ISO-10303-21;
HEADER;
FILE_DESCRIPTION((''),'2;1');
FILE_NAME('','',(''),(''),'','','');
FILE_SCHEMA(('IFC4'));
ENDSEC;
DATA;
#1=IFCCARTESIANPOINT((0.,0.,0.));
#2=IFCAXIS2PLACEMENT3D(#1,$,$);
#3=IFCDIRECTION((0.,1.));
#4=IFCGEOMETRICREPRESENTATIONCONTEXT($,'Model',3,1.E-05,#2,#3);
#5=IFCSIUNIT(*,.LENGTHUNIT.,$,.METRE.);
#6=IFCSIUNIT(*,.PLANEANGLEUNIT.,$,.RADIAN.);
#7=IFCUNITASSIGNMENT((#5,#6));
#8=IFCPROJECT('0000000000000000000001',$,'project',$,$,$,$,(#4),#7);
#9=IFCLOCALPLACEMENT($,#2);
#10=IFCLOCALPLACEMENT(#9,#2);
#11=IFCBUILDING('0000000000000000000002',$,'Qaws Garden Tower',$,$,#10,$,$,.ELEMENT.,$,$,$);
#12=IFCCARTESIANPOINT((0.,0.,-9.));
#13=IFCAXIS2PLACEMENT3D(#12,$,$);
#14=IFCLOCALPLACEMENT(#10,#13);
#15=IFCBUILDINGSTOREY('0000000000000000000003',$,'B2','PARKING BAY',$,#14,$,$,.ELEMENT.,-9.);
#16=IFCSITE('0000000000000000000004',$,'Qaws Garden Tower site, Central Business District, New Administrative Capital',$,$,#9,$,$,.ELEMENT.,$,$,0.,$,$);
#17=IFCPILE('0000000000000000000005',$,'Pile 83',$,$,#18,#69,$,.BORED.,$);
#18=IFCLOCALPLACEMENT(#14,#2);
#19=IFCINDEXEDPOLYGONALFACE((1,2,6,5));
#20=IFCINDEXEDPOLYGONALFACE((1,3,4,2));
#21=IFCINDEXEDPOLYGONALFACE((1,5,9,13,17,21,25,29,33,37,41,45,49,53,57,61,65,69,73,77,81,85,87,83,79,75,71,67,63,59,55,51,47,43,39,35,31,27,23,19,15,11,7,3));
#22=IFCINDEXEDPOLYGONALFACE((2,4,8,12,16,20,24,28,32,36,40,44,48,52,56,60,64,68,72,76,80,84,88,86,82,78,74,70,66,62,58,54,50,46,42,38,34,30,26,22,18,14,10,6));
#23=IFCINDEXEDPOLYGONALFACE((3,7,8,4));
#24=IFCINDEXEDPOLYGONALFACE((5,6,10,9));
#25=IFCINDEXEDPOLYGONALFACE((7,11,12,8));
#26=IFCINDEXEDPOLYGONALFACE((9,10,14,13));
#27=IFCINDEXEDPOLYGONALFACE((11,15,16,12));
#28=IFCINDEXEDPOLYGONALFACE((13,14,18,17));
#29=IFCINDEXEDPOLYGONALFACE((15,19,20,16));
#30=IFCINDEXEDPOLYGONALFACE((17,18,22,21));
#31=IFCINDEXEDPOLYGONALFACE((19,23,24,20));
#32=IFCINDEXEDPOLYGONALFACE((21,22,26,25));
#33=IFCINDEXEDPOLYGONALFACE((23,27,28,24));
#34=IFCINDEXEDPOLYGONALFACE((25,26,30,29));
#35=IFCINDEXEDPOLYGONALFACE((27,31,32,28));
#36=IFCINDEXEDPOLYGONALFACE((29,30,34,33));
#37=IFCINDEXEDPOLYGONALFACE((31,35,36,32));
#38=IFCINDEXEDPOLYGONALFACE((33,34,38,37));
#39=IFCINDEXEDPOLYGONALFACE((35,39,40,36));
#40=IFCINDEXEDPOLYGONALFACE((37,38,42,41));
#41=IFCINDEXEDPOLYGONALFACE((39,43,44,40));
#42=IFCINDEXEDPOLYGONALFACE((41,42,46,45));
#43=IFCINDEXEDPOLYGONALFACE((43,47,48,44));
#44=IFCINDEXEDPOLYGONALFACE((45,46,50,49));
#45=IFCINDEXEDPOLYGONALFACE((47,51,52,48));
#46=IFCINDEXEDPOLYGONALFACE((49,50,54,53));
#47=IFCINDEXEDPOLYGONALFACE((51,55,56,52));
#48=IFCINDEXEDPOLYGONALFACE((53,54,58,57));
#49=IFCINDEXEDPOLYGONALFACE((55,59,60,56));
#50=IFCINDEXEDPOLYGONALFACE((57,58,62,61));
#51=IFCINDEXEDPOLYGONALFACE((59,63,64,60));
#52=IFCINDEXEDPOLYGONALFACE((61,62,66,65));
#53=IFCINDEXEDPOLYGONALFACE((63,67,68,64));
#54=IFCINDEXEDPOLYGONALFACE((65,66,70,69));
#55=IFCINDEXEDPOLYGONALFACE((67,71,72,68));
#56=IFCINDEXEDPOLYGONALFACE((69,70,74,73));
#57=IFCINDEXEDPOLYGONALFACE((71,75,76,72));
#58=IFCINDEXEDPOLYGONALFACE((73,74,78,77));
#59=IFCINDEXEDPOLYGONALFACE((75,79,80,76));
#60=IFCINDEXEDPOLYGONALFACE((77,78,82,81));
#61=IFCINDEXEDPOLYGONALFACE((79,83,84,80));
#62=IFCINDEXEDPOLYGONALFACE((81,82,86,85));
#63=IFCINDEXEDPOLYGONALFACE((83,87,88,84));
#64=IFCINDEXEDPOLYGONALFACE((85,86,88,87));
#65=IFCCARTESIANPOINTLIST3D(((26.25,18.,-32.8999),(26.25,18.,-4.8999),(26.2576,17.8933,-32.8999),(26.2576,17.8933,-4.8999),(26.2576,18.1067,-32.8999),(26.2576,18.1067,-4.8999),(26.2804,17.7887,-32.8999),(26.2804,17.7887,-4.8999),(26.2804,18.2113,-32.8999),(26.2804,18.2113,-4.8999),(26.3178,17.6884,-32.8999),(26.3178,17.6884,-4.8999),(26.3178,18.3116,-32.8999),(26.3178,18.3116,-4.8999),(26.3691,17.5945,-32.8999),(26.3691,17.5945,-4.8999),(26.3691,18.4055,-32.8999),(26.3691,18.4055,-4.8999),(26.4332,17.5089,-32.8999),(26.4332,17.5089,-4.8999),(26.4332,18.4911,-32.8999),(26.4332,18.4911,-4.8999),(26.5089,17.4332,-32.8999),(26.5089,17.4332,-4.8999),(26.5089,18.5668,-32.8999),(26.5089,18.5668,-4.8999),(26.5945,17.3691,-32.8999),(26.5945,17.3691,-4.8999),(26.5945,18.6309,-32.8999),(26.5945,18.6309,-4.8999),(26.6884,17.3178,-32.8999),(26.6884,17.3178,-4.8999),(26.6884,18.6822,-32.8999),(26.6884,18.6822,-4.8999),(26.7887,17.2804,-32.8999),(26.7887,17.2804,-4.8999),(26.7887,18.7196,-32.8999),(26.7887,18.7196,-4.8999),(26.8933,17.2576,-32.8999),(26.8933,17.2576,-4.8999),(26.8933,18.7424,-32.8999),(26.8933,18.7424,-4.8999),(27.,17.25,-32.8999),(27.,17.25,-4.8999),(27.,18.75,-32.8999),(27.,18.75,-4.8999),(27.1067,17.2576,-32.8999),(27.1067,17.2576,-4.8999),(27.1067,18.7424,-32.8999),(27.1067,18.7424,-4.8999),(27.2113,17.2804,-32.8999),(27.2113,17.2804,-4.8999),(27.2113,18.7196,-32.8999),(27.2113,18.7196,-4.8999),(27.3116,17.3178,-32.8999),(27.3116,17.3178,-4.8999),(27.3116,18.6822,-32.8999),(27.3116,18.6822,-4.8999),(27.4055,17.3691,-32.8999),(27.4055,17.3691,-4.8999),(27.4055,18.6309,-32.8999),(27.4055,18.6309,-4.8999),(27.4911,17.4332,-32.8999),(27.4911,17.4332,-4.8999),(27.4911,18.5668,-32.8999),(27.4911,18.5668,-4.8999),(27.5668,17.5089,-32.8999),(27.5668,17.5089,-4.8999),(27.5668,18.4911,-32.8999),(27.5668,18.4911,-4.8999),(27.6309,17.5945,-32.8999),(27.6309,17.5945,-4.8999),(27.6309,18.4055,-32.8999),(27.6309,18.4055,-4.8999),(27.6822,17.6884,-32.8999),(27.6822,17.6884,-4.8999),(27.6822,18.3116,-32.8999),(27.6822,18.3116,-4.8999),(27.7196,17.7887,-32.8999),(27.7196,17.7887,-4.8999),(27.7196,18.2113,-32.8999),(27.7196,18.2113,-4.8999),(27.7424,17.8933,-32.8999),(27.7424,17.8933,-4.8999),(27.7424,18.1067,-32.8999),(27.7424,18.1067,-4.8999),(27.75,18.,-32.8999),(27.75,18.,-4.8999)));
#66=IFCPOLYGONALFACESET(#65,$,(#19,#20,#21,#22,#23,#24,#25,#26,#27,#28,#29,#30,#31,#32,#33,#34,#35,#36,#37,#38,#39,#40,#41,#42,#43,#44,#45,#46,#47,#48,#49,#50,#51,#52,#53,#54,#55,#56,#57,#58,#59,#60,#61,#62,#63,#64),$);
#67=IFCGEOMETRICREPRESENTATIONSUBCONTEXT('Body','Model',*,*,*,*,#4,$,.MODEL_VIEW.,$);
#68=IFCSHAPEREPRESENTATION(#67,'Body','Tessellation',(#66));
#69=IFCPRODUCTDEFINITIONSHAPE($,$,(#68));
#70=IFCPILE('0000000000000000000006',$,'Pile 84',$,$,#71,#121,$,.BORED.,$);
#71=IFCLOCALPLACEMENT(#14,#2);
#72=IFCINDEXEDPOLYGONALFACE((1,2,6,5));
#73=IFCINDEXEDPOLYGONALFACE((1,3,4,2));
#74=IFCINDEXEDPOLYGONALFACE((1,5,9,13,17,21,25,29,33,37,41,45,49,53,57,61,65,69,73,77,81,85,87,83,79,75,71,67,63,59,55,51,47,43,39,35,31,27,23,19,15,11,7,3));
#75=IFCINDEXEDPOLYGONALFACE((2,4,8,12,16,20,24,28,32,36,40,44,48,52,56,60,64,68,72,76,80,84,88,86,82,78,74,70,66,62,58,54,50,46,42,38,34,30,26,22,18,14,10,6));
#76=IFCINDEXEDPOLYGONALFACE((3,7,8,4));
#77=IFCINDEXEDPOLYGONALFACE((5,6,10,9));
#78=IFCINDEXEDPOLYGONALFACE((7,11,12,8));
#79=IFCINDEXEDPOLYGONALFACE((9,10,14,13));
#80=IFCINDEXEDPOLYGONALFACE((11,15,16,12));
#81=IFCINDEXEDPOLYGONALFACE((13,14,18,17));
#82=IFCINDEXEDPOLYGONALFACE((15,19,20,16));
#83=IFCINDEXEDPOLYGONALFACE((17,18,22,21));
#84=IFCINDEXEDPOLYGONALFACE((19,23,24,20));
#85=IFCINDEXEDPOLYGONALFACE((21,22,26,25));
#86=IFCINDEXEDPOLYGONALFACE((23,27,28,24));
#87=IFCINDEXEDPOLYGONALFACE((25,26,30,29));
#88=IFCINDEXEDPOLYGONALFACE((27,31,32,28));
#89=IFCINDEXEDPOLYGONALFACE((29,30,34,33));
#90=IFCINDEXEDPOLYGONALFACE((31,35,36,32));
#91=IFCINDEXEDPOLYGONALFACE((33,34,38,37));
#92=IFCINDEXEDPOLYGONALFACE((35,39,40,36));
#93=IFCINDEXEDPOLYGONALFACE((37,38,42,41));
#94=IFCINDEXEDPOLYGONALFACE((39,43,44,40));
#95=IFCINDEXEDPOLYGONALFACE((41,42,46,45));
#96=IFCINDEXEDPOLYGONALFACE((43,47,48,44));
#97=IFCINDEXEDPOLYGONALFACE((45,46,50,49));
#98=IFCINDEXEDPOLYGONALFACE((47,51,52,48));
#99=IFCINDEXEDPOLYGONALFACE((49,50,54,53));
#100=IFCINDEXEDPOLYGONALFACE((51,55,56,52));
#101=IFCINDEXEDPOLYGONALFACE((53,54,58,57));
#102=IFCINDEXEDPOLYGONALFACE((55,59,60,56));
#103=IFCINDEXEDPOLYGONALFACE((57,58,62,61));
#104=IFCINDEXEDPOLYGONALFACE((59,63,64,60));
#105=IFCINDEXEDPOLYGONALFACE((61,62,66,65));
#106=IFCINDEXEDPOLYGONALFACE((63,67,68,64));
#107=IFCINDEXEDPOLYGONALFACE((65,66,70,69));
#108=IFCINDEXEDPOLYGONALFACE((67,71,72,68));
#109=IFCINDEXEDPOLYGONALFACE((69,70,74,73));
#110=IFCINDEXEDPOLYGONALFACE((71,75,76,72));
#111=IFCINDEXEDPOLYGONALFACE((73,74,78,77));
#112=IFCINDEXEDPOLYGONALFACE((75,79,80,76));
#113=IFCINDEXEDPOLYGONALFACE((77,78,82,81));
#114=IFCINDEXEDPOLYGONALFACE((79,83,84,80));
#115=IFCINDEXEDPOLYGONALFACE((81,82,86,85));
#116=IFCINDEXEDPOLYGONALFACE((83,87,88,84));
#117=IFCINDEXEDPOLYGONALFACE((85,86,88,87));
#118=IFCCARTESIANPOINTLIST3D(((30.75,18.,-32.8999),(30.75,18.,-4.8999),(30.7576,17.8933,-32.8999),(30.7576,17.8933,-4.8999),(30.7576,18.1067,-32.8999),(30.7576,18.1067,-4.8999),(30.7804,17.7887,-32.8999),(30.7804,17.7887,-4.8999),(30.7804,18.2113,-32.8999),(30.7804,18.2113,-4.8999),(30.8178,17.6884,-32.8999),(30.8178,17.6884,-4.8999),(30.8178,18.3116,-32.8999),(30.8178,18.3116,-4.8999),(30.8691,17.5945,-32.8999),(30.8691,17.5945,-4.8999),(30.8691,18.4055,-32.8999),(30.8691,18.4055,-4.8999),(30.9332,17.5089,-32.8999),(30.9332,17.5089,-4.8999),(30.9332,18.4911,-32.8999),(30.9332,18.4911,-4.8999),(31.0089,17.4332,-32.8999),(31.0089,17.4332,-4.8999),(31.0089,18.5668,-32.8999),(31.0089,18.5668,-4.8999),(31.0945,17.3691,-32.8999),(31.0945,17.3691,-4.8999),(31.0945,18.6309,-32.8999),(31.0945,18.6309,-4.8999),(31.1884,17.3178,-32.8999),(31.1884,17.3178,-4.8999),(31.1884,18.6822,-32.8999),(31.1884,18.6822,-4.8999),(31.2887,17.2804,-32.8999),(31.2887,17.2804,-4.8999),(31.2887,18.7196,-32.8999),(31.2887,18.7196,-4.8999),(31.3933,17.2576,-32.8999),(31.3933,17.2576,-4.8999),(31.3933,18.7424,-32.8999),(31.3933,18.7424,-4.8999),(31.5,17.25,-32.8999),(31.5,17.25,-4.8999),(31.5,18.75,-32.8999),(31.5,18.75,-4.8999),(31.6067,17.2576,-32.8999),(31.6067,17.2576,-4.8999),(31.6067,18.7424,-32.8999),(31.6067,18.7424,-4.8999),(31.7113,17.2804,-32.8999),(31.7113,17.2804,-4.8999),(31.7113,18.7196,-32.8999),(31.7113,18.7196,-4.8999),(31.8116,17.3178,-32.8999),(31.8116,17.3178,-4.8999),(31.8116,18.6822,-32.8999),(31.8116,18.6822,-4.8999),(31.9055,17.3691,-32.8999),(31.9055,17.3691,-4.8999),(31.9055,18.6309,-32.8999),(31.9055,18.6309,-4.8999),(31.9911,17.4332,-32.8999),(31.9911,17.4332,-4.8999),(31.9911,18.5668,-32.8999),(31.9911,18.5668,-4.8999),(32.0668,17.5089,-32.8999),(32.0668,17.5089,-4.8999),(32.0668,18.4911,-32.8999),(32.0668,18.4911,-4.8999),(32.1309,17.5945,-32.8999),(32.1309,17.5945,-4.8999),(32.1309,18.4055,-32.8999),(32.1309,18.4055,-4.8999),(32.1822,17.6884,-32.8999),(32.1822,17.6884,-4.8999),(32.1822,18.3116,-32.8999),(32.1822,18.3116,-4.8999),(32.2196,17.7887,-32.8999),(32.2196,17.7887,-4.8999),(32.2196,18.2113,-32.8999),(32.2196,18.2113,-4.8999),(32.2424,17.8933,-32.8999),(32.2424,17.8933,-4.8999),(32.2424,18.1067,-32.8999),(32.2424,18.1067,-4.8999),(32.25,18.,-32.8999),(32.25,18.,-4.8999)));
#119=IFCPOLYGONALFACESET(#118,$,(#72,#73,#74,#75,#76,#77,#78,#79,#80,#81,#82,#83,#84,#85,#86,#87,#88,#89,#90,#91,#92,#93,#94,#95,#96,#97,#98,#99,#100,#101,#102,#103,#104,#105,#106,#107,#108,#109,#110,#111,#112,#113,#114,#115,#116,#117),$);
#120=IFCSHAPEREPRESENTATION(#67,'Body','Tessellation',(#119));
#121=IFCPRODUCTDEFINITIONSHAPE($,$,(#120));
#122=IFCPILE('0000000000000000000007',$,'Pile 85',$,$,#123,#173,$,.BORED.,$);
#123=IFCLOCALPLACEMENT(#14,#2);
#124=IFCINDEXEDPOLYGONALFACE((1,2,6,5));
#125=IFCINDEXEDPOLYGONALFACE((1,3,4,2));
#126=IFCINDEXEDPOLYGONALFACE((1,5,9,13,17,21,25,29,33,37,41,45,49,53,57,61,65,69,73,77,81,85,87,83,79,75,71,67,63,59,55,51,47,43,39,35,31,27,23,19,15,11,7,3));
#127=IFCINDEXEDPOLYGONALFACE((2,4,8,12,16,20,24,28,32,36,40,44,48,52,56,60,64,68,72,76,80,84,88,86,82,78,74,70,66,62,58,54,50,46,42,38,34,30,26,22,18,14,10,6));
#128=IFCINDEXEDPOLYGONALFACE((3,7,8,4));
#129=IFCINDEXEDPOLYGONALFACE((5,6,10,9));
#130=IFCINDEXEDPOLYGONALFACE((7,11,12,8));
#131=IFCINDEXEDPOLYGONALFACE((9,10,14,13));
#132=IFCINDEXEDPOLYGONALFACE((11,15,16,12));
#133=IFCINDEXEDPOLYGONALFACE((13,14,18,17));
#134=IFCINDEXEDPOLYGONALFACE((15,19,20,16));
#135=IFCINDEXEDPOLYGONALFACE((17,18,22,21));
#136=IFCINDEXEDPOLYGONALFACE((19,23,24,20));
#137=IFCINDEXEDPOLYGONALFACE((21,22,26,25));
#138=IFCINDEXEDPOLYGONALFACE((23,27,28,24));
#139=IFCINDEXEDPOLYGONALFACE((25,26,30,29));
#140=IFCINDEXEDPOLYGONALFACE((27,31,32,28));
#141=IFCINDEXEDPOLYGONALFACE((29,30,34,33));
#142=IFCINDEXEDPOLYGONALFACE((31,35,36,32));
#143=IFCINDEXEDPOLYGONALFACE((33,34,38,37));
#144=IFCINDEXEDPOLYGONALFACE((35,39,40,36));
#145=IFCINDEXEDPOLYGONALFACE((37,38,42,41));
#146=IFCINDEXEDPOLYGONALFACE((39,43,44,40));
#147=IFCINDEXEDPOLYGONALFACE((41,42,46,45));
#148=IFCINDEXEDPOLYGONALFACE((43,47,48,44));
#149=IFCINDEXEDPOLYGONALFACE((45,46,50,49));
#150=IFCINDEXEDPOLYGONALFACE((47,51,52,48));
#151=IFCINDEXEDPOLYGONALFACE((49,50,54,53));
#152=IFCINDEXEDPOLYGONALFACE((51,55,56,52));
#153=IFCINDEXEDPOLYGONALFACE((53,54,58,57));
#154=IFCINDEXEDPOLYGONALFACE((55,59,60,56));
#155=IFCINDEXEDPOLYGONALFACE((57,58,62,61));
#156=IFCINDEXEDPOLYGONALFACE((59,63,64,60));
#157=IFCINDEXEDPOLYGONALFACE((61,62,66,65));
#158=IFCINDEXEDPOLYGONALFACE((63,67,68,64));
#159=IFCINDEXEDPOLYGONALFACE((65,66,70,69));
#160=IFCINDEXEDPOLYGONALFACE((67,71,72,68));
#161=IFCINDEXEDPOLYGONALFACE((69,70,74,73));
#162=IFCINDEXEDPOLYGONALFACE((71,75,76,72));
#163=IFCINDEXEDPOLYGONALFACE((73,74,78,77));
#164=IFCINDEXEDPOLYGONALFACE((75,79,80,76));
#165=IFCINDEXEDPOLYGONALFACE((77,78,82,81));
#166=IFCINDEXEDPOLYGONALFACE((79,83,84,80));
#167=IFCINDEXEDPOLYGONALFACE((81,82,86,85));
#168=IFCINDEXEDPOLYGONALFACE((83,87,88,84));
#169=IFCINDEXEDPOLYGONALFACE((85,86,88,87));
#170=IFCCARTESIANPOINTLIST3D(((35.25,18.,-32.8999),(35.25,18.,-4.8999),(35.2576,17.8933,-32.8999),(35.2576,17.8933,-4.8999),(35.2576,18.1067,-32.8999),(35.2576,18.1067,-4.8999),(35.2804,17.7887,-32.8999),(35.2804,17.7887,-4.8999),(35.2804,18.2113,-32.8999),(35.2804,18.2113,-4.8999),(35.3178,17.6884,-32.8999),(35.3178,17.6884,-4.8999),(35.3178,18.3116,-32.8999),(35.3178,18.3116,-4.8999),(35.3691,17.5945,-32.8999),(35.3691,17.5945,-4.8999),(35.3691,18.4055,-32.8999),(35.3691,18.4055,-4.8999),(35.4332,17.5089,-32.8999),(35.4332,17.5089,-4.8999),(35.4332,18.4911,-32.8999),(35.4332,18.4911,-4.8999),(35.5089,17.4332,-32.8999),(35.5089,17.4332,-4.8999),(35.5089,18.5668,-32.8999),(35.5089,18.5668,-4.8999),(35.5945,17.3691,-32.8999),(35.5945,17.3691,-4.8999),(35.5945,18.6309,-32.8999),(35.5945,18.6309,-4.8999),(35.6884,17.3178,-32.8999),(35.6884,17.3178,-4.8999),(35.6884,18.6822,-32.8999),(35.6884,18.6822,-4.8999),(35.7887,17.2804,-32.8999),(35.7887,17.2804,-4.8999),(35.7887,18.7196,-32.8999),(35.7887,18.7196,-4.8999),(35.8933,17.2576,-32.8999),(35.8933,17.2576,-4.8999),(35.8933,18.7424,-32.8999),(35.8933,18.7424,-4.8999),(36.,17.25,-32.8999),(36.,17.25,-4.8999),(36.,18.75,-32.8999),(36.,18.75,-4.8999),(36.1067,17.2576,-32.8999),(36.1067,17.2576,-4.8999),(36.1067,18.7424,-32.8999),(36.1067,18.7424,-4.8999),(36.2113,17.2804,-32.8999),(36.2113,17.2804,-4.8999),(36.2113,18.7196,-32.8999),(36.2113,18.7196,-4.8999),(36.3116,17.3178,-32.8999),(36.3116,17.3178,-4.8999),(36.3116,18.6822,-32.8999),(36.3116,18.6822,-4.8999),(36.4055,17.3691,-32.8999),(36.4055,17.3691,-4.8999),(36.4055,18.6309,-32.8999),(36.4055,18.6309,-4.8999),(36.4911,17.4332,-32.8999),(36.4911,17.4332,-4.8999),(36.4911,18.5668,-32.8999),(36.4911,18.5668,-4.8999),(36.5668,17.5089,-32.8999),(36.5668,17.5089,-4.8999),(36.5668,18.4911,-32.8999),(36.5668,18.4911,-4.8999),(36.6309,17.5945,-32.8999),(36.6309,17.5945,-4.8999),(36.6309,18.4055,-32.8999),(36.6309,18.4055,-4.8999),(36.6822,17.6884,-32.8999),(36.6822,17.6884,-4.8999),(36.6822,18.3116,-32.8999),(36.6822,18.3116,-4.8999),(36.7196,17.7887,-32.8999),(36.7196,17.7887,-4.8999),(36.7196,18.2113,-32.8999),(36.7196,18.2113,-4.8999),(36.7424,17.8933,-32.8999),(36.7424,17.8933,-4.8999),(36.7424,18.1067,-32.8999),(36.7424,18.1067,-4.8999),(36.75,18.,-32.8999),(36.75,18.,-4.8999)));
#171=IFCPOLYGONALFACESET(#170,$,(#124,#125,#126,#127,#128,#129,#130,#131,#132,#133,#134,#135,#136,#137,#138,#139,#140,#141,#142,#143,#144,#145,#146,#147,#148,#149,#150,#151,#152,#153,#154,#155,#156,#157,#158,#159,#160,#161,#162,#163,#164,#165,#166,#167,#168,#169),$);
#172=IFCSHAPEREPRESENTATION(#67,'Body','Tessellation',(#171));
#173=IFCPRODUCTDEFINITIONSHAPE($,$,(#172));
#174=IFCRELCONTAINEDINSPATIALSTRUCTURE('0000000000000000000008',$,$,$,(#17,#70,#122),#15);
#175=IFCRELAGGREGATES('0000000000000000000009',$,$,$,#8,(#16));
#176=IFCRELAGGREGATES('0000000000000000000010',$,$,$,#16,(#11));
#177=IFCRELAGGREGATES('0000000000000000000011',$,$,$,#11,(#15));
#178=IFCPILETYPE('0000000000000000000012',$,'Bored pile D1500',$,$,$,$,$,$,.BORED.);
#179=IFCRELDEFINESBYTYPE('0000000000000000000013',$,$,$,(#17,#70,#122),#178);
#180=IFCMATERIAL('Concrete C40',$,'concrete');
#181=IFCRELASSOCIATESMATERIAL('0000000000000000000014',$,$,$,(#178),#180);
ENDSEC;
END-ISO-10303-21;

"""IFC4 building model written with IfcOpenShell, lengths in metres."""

from ifc_helpers import new_model, si_unit, direction, frame, origin, origin_2d, place, context, subcontext, project, spatial, circle, extrude, material, material_profile, profile_set, type_object, element, save


model = new_model("IFC4")

# Units and contexts
model_context = context("Model", 3, precision=1e-05, world=origin(), true_north=direction((0.0, 1.0)))
body_context = subcontext(model_context, "Body", "Model", "MODEL_VIEW")
ifc_project = project(units=[si_unit("LENGTHUNIT", "METRE"), si_unit("PLANEANGLEUNIT", "RADIAN")], contexts=[model_context])

# Site, building, storey
site_placement = place(None, origin())
site = spatial("IfcSite", under=ifc_project, at=site_placement, Name="Qaws Garden Tower site, Central Business District, New Administrative Capital", CompositionType="ELEMENT", RefElevation=0.0)
building_placement = place(site_placement, origin())
building = spatial("IfcBuilding", under=site, at=building_placement, Name="Qaws Garden Tower", CompositionType="ELEMENT")
storey_placement = place(building_placement, frame((0.0, 0.0, -9.0)))
storey = spatial("IfcBuildingStorey", under=building, at=storey_placement, Name="B2", Description="PARKING BAY", CompositionType="ELEMENT", Elevation=-9.0)

# Piles
ifc_material_1 = material(Name="Concrete C40", Category="concrete")
ifc_material_profile_1 = material_profile(ifc_material_1, circle(Radius=0.75, at=origin_2d()), Name="Bored pile D1500")
ifc_profile_set_1 = profile_set([ifc_material_profile_1], Name="Concrete C40")
pile_type = type_object("IfcPileType", Name="Bored pile D1500", PredefinedType="BORED", material=ifc_profile_set_1)
for number, where, z_axis, x_axis, name in (
    (1, (27.0, 18.0, -4.8999), (0.0, 0.0, -1.0), (1.0, 0.0, 0.0), "Pile 83"),
    (2, (31.5, 18.0, -4.8999), (0.0, 0.0, -1.0), (1.0, 0.0, 0.0), "Pile 84"),
    (3, (36.0, 18.0, -4.8999), (0.0, 0.0, -1.0), (1.0, 0.0, 0.0), "Pile 85"),
):
    element("IfcPile", number, at=place(storey_placement, frame(where, z_axis=z_axis, x_axis=x_axis)), inside=storey, type_object=pile_type, Name=name, PredefinedType="BORED", context=body_context, shape_type="SweptSolid", body=[
        extrude(circle(Radius=0.75, at=origin_2d()), origin(), (0.0, 0.0, 1.0), 28.0),
    ])

save(model, "model.ifc")
